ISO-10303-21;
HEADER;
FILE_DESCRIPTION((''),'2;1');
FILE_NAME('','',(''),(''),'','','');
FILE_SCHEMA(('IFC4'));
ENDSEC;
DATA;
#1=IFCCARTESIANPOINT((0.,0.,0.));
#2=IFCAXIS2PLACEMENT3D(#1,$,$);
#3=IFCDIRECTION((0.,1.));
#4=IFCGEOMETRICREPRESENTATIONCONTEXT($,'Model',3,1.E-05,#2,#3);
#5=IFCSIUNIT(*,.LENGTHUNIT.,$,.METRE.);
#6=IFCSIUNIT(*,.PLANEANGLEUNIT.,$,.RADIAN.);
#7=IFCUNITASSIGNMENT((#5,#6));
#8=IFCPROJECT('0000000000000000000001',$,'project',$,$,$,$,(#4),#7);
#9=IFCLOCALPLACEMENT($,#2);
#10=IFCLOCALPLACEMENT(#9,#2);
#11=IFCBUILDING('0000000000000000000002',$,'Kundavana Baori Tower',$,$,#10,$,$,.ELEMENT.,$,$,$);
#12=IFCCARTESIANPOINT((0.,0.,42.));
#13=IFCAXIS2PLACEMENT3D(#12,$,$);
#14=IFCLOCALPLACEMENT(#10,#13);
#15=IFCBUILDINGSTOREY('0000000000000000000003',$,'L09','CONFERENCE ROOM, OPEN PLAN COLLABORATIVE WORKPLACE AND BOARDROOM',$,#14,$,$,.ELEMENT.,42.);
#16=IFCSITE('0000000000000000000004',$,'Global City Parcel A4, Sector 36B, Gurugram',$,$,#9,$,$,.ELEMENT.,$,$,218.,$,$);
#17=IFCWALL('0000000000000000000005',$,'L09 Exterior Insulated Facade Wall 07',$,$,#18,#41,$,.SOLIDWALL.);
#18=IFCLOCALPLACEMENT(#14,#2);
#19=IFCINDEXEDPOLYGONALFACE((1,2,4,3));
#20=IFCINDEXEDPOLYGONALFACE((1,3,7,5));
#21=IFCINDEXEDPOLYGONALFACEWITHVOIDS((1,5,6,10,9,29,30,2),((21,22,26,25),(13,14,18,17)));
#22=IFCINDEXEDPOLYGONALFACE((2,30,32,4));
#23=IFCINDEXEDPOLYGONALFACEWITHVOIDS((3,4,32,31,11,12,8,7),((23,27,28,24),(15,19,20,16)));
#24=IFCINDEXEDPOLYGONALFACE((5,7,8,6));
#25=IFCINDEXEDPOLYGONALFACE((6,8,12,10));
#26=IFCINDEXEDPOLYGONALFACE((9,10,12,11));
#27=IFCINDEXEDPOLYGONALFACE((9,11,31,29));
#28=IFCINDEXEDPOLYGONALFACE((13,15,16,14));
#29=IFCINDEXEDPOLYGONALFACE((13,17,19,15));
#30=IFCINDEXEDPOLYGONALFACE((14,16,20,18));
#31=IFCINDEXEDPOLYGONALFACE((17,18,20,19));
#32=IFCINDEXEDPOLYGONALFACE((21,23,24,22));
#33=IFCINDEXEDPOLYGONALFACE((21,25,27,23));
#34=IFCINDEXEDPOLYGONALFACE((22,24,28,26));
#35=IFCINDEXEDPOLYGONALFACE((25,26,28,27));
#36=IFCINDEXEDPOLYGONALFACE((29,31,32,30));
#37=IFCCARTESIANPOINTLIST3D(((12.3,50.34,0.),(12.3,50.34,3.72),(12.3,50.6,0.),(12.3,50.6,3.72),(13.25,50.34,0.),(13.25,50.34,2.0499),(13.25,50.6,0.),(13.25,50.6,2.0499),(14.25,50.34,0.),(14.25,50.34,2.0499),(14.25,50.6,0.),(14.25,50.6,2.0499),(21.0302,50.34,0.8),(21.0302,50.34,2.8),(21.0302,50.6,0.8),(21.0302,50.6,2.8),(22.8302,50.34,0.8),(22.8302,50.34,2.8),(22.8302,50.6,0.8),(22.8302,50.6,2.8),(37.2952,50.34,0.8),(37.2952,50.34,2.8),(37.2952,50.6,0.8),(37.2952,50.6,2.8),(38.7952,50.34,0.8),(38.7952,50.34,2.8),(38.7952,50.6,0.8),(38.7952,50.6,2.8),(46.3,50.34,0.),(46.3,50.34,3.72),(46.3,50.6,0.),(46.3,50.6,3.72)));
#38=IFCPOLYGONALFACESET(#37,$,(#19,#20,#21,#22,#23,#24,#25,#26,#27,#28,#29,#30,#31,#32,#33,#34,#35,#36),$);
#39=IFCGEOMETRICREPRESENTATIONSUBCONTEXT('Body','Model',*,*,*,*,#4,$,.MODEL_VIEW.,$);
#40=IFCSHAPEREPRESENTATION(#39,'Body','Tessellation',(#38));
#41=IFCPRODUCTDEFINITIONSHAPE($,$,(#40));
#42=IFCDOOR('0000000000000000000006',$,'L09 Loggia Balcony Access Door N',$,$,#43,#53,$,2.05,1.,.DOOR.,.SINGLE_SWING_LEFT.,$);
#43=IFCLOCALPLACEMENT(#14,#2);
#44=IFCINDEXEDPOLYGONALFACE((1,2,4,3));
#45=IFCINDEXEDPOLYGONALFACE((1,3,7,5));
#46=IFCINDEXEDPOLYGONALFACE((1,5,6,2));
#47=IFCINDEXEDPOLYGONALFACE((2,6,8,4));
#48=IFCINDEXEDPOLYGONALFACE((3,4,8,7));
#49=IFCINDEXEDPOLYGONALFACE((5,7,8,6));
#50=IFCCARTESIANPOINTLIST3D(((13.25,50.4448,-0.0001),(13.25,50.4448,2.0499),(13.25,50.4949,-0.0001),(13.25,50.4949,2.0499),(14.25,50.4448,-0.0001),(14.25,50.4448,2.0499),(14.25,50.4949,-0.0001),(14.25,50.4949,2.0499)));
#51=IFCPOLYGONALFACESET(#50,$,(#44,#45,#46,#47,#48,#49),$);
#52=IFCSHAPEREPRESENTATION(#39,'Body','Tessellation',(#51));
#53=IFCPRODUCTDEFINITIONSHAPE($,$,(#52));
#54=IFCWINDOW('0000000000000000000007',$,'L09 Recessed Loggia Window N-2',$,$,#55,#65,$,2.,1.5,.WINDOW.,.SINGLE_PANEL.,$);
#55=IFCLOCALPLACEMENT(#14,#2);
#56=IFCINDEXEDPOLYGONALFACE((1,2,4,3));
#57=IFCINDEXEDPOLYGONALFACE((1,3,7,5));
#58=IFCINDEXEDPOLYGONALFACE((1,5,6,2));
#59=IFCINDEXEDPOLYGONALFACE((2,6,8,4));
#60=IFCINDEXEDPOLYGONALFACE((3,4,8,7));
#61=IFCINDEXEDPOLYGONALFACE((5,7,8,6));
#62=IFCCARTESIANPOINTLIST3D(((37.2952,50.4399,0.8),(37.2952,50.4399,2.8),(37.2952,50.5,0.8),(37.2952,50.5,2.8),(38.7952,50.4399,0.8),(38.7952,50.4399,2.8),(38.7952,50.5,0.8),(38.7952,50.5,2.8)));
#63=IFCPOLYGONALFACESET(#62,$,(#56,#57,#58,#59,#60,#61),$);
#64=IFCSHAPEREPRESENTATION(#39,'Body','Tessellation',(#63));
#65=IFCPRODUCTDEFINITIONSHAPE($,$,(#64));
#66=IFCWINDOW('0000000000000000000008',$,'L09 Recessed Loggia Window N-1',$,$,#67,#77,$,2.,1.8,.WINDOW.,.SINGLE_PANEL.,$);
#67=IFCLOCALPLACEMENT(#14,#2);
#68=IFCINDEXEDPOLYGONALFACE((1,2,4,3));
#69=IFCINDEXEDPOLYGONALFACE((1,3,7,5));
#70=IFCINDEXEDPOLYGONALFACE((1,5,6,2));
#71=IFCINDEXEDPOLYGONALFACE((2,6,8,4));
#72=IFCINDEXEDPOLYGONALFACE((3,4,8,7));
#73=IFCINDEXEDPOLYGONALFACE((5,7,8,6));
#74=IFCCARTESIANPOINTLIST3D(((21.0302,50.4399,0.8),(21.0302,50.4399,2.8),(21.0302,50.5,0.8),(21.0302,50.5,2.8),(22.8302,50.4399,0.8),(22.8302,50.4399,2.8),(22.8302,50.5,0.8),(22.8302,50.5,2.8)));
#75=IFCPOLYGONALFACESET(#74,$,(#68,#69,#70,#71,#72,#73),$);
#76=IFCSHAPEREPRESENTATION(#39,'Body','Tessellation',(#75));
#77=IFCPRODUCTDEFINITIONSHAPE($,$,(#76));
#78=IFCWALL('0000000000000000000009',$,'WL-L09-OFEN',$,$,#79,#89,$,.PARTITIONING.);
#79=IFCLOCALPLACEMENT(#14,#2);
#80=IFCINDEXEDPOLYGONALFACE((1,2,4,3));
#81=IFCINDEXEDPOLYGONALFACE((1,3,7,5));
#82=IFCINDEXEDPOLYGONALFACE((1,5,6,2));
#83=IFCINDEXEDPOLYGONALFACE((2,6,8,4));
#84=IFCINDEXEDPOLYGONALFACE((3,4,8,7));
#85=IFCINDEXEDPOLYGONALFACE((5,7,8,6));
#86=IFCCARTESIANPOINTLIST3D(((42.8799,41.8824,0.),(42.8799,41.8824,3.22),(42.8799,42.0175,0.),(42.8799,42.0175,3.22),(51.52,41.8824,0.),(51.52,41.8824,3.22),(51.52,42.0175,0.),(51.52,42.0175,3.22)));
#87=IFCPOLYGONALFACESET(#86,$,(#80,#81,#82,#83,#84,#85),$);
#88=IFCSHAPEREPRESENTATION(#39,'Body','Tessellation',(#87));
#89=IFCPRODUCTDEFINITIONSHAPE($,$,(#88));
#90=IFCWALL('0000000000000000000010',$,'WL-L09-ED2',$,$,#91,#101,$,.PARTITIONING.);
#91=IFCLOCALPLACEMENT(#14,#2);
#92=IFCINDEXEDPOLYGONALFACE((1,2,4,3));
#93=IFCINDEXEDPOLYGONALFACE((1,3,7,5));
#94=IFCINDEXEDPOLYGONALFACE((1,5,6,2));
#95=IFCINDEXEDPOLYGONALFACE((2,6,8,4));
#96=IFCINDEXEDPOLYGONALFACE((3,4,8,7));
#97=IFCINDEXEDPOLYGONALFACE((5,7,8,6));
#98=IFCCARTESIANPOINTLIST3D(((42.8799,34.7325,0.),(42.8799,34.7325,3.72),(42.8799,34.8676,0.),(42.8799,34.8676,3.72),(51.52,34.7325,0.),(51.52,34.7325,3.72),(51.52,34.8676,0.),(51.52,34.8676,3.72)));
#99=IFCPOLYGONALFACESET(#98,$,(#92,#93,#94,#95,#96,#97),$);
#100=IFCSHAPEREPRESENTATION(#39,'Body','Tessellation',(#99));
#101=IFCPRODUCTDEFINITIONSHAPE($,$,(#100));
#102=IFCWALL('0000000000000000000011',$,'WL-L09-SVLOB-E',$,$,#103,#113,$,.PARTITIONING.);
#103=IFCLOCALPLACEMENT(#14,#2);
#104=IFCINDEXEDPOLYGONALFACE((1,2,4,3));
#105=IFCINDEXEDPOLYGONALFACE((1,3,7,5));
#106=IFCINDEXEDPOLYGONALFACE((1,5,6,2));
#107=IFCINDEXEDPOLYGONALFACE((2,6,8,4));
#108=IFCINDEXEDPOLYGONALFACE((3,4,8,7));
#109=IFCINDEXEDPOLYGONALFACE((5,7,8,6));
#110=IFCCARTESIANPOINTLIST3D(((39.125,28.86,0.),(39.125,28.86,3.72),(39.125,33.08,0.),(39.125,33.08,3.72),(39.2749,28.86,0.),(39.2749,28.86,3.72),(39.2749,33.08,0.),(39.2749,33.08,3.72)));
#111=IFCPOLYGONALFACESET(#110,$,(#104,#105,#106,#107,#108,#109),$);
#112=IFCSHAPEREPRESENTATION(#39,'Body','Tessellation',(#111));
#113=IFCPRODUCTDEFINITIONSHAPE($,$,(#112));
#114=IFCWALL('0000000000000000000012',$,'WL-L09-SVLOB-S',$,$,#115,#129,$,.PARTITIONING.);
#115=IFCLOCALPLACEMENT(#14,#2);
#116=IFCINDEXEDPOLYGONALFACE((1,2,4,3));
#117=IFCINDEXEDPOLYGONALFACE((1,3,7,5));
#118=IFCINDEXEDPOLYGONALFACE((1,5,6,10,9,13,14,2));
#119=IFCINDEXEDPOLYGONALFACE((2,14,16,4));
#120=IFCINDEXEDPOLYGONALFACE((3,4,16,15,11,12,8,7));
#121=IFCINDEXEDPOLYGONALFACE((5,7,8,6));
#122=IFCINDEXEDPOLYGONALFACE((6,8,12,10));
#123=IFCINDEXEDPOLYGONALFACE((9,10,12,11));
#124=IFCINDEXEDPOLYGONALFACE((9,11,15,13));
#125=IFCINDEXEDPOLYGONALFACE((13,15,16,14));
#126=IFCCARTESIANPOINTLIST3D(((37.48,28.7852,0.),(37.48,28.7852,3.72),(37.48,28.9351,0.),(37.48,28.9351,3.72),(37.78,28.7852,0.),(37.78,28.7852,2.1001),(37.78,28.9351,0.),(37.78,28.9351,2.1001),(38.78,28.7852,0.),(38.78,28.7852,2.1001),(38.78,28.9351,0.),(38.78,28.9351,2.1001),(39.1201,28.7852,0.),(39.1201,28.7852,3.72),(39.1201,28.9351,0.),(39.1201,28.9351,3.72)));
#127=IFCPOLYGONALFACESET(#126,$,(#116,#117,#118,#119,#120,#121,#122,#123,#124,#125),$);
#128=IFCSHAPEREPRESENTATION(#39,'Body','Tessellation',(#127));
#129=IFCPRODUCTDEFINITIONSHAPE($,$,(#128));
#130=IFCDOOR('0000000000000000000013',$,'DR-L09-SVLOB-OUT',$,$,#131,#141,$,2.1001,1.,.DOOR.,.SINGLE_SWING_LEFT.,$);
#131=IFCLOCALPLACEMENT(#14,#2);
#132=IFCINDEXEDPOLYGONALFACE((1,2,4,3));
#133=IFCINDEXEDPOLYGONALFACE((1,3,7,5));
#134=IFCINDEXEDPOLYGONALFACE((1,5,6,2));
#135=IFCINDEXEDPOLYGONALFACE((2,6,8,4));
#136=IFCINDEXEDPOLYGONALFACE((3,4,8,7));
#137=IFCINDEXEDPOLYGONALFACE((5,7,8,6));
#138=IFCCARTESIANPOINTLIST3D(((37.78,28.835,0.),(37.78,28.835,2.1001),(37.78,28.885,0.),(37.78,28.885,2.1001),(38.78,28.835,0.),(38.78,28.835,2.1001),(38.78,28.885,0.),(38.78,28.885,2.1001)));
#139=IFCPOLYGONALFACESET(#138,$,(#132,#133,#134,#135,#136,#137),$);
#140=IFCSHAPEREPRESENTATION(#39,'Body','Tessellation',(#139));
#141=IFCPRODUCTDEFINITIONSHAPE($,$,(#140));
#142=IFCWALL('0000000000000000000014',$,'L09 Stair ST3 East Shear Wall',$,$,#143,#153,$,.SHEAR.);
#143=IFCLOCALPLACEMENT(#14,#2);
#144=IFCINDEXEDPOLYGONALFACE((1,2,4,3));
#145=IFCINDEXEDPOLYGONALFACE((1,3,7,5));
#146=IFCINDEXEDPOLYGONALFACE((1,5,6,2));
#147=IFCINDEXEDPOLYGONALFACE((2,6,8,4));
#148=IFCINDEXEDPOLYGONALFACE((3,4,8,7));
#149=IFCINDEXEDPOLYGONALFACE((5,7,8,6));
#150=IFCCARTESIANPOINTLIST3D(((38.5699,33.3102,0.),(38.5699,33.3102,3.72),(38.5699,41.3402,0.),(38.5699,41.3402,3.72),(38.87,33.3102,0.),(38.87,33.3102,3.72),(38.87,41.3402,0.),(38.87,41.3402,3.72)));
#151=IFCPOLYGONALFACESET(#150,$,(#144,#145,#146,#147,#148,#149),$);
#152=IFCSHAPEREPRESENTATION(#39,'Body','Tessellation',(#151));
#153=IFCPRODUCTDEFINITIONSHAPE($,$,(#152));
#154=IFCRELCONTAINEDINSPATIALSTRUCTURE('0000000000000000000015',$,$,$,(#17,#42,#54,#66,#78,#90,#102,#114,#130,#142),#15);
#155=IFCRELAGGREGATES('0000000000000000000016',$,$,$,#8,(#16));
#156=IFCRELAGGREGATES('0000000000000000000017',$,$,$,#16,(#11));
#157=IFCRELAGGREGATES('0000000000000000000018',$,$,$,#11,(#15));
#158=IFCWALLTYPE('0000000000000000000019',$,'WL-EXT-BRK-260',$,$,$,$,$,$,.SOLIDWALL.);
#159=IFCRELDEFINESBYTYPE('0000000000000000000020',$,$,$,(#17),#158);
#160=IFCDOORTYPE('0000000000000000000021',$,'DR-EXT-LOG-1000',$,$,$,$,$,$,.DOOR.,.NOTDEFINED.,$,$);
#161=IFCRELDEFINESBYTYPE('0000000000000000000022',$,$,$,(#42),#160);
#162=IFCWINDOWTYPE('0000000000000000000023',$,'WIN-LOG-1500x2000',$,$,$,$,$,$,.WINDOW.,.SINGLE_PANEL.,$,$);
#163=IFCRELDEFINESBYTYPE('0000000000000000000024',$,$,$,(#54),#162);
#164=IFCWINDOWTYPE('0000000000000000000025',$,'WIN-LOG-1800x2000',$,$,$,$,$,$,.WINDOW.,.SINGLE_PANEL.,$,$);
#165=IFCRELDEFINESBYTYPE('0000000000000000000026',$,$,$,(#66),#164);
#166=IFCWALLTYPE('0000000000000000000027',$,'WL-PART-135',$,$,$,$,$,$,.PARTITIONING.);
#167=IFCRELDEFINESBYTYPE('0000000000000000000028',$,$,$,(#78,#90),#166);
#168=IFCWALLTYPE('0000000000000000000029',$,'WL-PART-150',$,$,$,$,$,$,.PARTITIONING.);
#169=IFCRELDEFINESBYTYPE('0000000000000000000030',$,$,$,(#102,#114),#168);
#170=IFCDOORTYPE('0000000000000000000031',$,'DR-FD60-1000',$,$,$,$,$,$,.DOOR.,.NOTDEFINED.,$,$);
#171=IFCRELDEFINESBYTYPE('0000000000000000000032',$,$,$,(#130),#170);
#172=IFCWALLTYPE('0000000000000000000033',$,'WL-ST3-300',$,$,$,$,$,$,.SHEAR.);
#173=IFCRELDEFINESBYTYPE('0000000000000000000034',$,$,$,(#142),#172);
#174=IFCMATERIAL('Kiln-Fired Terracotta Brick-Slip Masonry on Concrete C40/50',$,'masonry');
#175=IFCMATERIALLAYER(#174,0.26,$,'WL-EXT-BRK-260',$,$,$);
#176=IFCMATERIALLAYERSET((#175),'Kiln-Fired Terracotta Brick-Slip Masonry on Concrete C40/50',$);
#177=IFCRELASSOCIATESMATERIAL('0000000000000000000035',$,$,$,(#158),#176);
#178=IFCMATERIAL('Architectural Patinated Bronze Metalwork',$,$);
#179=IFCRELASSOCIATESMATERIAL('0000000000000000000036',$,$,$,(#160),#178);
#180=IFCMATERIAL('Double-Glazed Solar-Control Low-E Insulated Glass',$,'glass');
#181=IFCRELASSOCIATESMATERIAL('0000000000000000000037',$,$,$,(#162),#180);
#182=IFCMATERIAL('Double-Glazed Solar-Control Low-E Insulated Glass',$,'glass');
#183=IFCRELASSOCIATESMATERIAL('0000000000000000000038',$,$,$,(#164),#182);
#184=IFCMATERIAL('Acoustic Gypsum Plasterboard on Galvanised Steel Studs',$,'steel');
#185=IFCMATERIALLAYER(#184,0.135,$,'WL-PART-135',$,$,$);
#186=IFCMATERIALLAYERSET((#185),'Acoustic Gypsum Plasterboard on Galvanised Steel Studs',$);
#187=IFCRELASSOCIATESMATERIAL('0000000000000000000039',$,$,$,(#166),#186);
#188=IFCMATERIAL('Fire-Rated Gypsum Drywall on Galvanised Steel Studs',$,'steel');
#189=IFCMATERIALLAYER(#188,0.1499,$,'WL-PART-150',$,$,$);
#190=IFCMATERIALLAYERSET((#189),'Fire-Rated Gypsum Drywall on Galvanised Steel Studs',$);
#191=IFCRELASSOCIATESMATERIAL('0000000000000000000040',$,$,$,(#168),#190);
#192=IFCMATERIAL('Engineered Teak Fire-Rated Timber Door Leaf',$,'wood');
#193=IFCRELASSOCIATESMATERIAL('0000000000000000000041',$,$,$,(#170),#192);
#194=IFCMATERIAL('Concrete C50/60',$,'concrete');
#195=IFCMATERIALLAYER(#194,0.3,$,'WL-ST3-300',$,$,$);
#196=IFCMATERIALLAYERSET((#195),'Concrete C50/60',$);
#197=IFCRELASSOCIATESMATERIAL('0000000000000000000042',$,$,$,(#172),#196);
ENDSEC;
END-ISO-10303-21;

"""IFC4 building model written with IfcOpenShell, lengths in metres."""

from ifc_helpers import new_model, si_unit, direction, frame, frame_2d, origin, place, context, subcontext, project, spatial, rectangle, extrude, material, layer, layer_set, type_object, element, fill, save


model = new_model("IFC4")

# Units and contexts
model_context = context("Model", 3, precision=1e-05, world=origin(), true_north=direction((0.0, 1.0)))
body_context = subcontext(model_context, "Body", "Model", "MODEL_VIEW")
ifc_project = project(units=[si_unit("LENGTHUNIT", "METRE"), si_unit("PLANEANGLEUNIT", "RADIAN")], contexts=[model_context])

# Site, building, storey
site_placement = place(None, origin())
site = spatial("IfcSite", under=ifc_project, at=site_placement, Name="Global City Parcel A4, Sector 36B, Gurugram", CompositionType="ELEMENT", RefElevation=218.0)
building_placement = place(site_placement, origin())
building = spatial("IfcBuilding", under=site, at=building_placement, Name="Kundavana Baori Tower", CompositionType="ELEMENT")
storey_placement = place(building_placement, frame((0.0, 0.0, 42.0)))
storey = spatial("IfcBuildingStorey", under=building, at=storey_placement, Name="L09", Description="CONFERENCE ROOM, OPEN PLAN COLLABORATIVE WORKPLACE AND BOARDROOM", CompositionType="ELEMENT", Elevation=42.0)

# Shared definitions
ifc_material_1 = material(Name="Kiln-Fired Terracotta Brick-Slip Masonry on Concrete C40/50", Category="masonry")
ifc_layer_1 = layer(ifc_material_1, 0.26, Name="WL-EXT-BRK-260")
ifc_layer_set_1 = layer_set([ifc_layer_1], Name="Kiln-Fired Terracotta Brick-Slip Masonry on Concrete C40/50")
wall_type_1 = type_object("IfcWallType", Name="WL-EXT-BRK-260", PredefinedType="SOLIDWALL", material=ifc_layer_set_1)

# Wall, openings, door, windows
wall_1_placement = place(storey_placement, frame((46.3, 50.47, 0.0), z_axis=(0.0, 0.0, 1.0), x_axis=(-1.0, 0.0, 0.0)))
wall_1 = element("IfcWall", 1, at=wall_1_placement, inside=storey, type_object=wall_type_1, Name="L09 Exterior Insulated Facade Wall 07", PredefinedType="SOLIDWALL", context=body_context, shape_type="SweptSolid", body=[
    extrude(rectangle(XDim=34.0, YDim=0.26, at=frame_2d((17.0, 0.0))), origin(), (0.0, 0.0, 1.0), 3.72),
])
opening_1_placement = place(wall_1_placement, frame((32.05, 0.0, 0.0)))
opening_1 = element("IfcOpeningElement", 2, at=opening_1_placement, cuts=wall_1, PredefinedType="OPENING", context=body_context, shape_type="SweptSolid", body=[
    extrude(rectangle(XDim=1.0, YDim=2.05, at=frame_2d((0.5, 1.0249))), frame((0.0, 0.1401, 0.0), z_axis=(0.0, -1.0, 0.0), x_axis=(1.0, 0.0, 0.0)), (0.0, 0.0, 1.0), 0.28),
])
opening_2_placement = place(wall_1_placement, frame((23.47, 0.0, 0.8)))
opening_2 = element("IfcOpeningElement", 3, at=opening_2_placement, cuts=wall_1, PredefinedType="OPENING", context=body_context, shape_type="SweptSolid", body=[
    extrude(rectangle(XDim=1.8, YDim=2.0, at=frame_2d((0.8999, 1.0))), frame((0.0, 0.1401, 0.0), z_axis=(0.0, -1.0, 0.0), x_axis=(1.0, 0.0, 0.0)), (0.0, 0.0, 1.0), 0.28),
])
opening_3_placement = place(wall_1_placement, frame((7.5049, 0.0, 0.8)))
opening_3 = element("IfcOpeningElement", 4, at=opening_3_placement, cuts=wall_1, PredefinedType="OPENING", context=body_context, shape_type="SweptSolid", body=[
    extrude(rectangle(XDim=1.5, YDim=2.0, at=frame_2d((0.75, 1.0))), frame((0.0, 0.1401, 0.0), z_axis=(0.0, -1.0, 0.0), x_axis=(1.0, 0.0, 0.0)), (0.0, 0.0, 1.0), 0.28),
])
ifc_material_2 = material(Name="Architectural Patinated Bronze Metalwork")
door_type_1 = type_object("IfcDoorType", Name="DR-EXT-LOG-1000", OperationType="NOTDEFINED", PredefinedType="DOOR", material=ifc_material_2)
door_1_placement = place(opening_1_placement, frame((1.0, 0.0, 0.0), z_axis=(0.0, 0.0, 1.0), x_axis=(-1.0, 0.0, 0.0)))
door_1 = element("IfcDoor", 5, at=door_1_placement, inside=storey, type_object=door_type_1, Name="L09 Loggia Balcony Access Door N", OperationType="SINGLE_SWING_LEFT", OverallHeight=2.05, OverallWidth=1.0, PredefinedType="DOOR", context=body_context, shape_type="SweptSolid", body=[
    extrude(rectangle(XDim=1.0, YDim=2.05, at=frame_2d((0.5, 1.0249))), frame((0.0, 0.0249, 0.0), z_axis=(0.0, -1.0, 0.0), x_axis=(1.0, 0.0, 0.0)), (0.0, 0.0, 1.0), 0.05),
])
fill(opening_1, door_1)
ifc_material_3 = material(Name="Double-Glazed Solar-Control Low-E Insulated Glass", Category="glass")
window_type_1 = type_object("IfcWindowType", Name="WIN-LOG-1500x2000", PartitioningType="SINGLE_PANEL", PredefinedType="WINDOW", material=ifc_material_3)
window_1_placement = place(opening_3_placement, origin())
window_1 = element("IfcWindow", 6, at=window_1_placement, inside=storey, type_object=window_type_1, Name="L09 Recessed Loggia Window N-2", OverallHeight=2.0, OverallWidth=1.5, PartitioningType="SINGLE_PANEL", PredefinedType="WINDOW", context=body_context, shape_type="SweptSolid", body=[
    extrude(rectangle(XDim=1.5, YDim=2.0, at=frame_2d((0.75, 1.0))), frame((0.0, 0.03, 0.0), z_axis=(0.0, -1.0, 0.0), x_axis=(1.0, 0.0, 0.0)), (0.0, 0.0, 1.0), 0.0601),
])
fill(opening_3, window_1)
ifc_material_4 = material(Name="Double-Glazed Solar-Control Low-E Insulated Glass", Category="glass")
window_type_2 = type_object("IfcWindowType", Name="WIN-LOG-1800x2000", PartitioningType="SINGLE_PANEL", PredefinedType="WINDOW", material=ifc_material_4)
window_2_placement = place(opening_2_placement, origin())
window_2 = element("IfcWindow", 7, at=window_2_placement, inside=storey, type_object=window_type_2, Name="L09 Recessed Loggia Window N-1", OverallHeight=2.0, OverallWidth=1.8, PartitioningType="SINGLE_PANEL", PredefinedType="WINDOW", context=body_context, shape_type="SweptSolid", body=[
    extrude(rectangle(XDim=1.8, YDim=2.0, at=frame_2d((0.8999, 1.0))), frame((0.0, 0.03, 0.0), z_axis=(0.0, -1.0, 0.0), x_axis=(1.0, 0.0, 0.0)), (0.0, 0.0, 1.0), 0.0601),
])
fill(opening_2, window_2)

# Walls
ifc_material_5 = material(Name="Acoustic Gypsum Plasterboard on Galvanised Steel Studs", Category="steel")
ifc_layer_2 = layer(ifc_material_5, 0.135, Name="WL-PART-135")
ifc_layer_set_2 = layer_set([ifc_layer_2], Name="Acoustic Gypsum Plasterboard on Galvanised Steel Studs")
wall_type_2 = type_object("IfcWallType", Name="WL-PART-135", PredefinedType="PARTITIONING", material=ifc_layer_set_2)
wall_2_placement = place(storey_placement, frame((42.8799, 41.95, 0.0), z_axis=(0.0, 0.0, 1.0), x_axis=(1.0, 0.0, 0.0)))
element("IfcWall", 8, at=wall_2_placement, inside=storey, type_object=wall_type_2, Name="WL-L09-OFEN", PredefinedType="PARTITIONING", context=body_context, shape_type="SweptSolid", body=[
    extrude(rectangle(XDim=8.6401, YDim=0.135, at=frame_2d((4.3201, 0.0))), origin(), (0.0, 0.0, 1.0), 3.22),
])
wall_3_placement = place(storey_placement, frame((42.8799, 34.8, 0.0), z_axis=(0.0, 0.0, 1.0), x_axis=(1.0, 0.0, 0.0)))
element("IfcWall", 9, at=wall_3_placement, inside=storey, type_object=wall_type_2, Name="WL-L09-ED2", PredefinedType="PARTITIONING", context=body_context, shape_type="SweptSolid", body=[
    extrude(rectangle(XDim=8.6401, YDim=0.135, at=frame_2d((4.3201, 0.0))), origin(), (0.0, 0.0, 1.0), 3.72),
])
ifc_material_6 = material(Name="Fire-Rated Gypsum Drywall on Galvanised Steel Studs", Category="steel")
ifc_layer_3 = layer(ifc_material_6, 0.1499, Name="WL-PART-150")
ifc_layer_set_3 = layer_set([ifc_layer_3], Name="Fire-Rated Gypsum Drywall on Galvanised Steel Studs")
wall_type_3 = type_object("IfcWallType", Name="WL-PART-150", PredefinedType="PARTITIONING", material=ifc_layer_set_3)
wall_4_placement = place(storey_placement, frame((39.2, 28.8601, 0.0), z_axis=(0.0, 0.0, 1.0), x_axis=(0.0, 1.0, 0.0)))
element("IfcWall", 10, at=wall_4_placement, inside=storey, type_object=wall_type_3, Name="WL-L09-SVLOB-E", PredefinedType="PARTITIONING", context=body_context, shape_type="SweptSolid", body=[
    extrude(rectangle(XDim=4.22, YDim=0.1499, at=frame_2d((2.1099, 0.0))), origin(), (0.0, 0.0, 1.0), 3.72),
])

# Wall, opening, door
wall_5_placement = place(storey_placement, frame((37.48, 28.8601, 0.0), z_axis=(0.0, 0.0, 1.0), x_axis=(1.0, 0.0, 0.0)))
wall_5 = element("IfcWall", 11, at=wall_5_placement, inside=storey, type_object=wall_type_3, Name="WL-L09-SVLOB-S", PredefinedType="PARTITIONING", context=body_context, shape_type="SweptSolid", body=[
    extrude(rectangle(XDim=1.6401, YDim=0.1499, at=frame_2d((0.8201, 0.0))), origin(), (0.0, 0.0, 1.0), 3.72),
])
opening_4_placement = place(wall_5_placement, frame((0.3, 0.0, 0.0)))
opening_4 = element("IfcOpeningElement", 12, at=opening_4_placement, cuts=wall_5, PredefinedType="OPENING", context=body_context, shape_type="SweptSolid", body=[
    extrude(rectangle(XDim=1.0, YDim=2.1001, at=frame_2d((0.5, 1.05))), frame((0.0, 0.085, 0.0), z_axis=(0.0, -1.0, 0.0), x_axis=(1.0, 0.0, 0.0)), (0.0, 0.0, 1.0), 0.1699),
])
ifc_material_7 = material(Name="Engineered Teak Fire-Rated Timber Door Leaf", Category="wood")
door_type_2 = type_object("IfcDoorType", Name="DR-FD60-1000", OperationType="NOTDEFINED", PredefinedType="DOOR", material=ifc_material_7)
door_2_placement = place(opening_4_placement, origin())
door_2 = element("IfcDoor", 13, at=door_2_placement, inside=storey, type_object=door_type_2, Name="DR-L09-SVLOB-OUT", OperationType="SINGLE_SWING_LEFT", OverallHeight=2.1001, OverallWidth=1.0, PredefinedType="DOOR", context=body_context, shape_type="SweptSolid", body=[
    extrude(rectangle(XDim=1.0, YDim=2.1001, at=frame_2d((0.5, 1.05))), frame((0.0, 0.0249, 0.0), z_axis=(0.0, -1.0, 0.0), x_axis=(1.0, 0.0, 0.0)), (0.0, 0.0, 1.0), 0.05),
])
fill(opening_4, door_2)

# Wall
ifc_material_8 = material(Name="Concrete C50/60", Category="concrete")
ifc_layer_4 = layer(ifc_material_8, 0.3, Name="WL-ST3-300")
ifc_layer_set_4 = layer_set([ifc_layer_4], Name="Concrete C50/60")
wall_type_4 = type_object("IfcWallType", Name="WL-ST3-300", PredefinedType="SHEAR", material=ifc_layer_set_4)
wall_6_placement = place(storey_placement, frame((38.72, 33.3101, 0.0), z_axis=(0.0, 0.0, 1.0), x_axis=(0.0, 1.0, 0.0)))
element("IfcWall", 14, at=wall_6_placement, inside=storey, type_object=wall_type_4, Name="L09 Stair ST3 East Shear Wall", PredefinedType="SHEAR", context=body_context, shape_type="SweptSolid", body=[
    extrude(rectangle(XDim=8.03, YDim=0.3, at=frame_2d((4.0151, 0.0))), origin(), (0.0, 0.0, 1.0), 3.72),
])

save(model, "model.ifc")
